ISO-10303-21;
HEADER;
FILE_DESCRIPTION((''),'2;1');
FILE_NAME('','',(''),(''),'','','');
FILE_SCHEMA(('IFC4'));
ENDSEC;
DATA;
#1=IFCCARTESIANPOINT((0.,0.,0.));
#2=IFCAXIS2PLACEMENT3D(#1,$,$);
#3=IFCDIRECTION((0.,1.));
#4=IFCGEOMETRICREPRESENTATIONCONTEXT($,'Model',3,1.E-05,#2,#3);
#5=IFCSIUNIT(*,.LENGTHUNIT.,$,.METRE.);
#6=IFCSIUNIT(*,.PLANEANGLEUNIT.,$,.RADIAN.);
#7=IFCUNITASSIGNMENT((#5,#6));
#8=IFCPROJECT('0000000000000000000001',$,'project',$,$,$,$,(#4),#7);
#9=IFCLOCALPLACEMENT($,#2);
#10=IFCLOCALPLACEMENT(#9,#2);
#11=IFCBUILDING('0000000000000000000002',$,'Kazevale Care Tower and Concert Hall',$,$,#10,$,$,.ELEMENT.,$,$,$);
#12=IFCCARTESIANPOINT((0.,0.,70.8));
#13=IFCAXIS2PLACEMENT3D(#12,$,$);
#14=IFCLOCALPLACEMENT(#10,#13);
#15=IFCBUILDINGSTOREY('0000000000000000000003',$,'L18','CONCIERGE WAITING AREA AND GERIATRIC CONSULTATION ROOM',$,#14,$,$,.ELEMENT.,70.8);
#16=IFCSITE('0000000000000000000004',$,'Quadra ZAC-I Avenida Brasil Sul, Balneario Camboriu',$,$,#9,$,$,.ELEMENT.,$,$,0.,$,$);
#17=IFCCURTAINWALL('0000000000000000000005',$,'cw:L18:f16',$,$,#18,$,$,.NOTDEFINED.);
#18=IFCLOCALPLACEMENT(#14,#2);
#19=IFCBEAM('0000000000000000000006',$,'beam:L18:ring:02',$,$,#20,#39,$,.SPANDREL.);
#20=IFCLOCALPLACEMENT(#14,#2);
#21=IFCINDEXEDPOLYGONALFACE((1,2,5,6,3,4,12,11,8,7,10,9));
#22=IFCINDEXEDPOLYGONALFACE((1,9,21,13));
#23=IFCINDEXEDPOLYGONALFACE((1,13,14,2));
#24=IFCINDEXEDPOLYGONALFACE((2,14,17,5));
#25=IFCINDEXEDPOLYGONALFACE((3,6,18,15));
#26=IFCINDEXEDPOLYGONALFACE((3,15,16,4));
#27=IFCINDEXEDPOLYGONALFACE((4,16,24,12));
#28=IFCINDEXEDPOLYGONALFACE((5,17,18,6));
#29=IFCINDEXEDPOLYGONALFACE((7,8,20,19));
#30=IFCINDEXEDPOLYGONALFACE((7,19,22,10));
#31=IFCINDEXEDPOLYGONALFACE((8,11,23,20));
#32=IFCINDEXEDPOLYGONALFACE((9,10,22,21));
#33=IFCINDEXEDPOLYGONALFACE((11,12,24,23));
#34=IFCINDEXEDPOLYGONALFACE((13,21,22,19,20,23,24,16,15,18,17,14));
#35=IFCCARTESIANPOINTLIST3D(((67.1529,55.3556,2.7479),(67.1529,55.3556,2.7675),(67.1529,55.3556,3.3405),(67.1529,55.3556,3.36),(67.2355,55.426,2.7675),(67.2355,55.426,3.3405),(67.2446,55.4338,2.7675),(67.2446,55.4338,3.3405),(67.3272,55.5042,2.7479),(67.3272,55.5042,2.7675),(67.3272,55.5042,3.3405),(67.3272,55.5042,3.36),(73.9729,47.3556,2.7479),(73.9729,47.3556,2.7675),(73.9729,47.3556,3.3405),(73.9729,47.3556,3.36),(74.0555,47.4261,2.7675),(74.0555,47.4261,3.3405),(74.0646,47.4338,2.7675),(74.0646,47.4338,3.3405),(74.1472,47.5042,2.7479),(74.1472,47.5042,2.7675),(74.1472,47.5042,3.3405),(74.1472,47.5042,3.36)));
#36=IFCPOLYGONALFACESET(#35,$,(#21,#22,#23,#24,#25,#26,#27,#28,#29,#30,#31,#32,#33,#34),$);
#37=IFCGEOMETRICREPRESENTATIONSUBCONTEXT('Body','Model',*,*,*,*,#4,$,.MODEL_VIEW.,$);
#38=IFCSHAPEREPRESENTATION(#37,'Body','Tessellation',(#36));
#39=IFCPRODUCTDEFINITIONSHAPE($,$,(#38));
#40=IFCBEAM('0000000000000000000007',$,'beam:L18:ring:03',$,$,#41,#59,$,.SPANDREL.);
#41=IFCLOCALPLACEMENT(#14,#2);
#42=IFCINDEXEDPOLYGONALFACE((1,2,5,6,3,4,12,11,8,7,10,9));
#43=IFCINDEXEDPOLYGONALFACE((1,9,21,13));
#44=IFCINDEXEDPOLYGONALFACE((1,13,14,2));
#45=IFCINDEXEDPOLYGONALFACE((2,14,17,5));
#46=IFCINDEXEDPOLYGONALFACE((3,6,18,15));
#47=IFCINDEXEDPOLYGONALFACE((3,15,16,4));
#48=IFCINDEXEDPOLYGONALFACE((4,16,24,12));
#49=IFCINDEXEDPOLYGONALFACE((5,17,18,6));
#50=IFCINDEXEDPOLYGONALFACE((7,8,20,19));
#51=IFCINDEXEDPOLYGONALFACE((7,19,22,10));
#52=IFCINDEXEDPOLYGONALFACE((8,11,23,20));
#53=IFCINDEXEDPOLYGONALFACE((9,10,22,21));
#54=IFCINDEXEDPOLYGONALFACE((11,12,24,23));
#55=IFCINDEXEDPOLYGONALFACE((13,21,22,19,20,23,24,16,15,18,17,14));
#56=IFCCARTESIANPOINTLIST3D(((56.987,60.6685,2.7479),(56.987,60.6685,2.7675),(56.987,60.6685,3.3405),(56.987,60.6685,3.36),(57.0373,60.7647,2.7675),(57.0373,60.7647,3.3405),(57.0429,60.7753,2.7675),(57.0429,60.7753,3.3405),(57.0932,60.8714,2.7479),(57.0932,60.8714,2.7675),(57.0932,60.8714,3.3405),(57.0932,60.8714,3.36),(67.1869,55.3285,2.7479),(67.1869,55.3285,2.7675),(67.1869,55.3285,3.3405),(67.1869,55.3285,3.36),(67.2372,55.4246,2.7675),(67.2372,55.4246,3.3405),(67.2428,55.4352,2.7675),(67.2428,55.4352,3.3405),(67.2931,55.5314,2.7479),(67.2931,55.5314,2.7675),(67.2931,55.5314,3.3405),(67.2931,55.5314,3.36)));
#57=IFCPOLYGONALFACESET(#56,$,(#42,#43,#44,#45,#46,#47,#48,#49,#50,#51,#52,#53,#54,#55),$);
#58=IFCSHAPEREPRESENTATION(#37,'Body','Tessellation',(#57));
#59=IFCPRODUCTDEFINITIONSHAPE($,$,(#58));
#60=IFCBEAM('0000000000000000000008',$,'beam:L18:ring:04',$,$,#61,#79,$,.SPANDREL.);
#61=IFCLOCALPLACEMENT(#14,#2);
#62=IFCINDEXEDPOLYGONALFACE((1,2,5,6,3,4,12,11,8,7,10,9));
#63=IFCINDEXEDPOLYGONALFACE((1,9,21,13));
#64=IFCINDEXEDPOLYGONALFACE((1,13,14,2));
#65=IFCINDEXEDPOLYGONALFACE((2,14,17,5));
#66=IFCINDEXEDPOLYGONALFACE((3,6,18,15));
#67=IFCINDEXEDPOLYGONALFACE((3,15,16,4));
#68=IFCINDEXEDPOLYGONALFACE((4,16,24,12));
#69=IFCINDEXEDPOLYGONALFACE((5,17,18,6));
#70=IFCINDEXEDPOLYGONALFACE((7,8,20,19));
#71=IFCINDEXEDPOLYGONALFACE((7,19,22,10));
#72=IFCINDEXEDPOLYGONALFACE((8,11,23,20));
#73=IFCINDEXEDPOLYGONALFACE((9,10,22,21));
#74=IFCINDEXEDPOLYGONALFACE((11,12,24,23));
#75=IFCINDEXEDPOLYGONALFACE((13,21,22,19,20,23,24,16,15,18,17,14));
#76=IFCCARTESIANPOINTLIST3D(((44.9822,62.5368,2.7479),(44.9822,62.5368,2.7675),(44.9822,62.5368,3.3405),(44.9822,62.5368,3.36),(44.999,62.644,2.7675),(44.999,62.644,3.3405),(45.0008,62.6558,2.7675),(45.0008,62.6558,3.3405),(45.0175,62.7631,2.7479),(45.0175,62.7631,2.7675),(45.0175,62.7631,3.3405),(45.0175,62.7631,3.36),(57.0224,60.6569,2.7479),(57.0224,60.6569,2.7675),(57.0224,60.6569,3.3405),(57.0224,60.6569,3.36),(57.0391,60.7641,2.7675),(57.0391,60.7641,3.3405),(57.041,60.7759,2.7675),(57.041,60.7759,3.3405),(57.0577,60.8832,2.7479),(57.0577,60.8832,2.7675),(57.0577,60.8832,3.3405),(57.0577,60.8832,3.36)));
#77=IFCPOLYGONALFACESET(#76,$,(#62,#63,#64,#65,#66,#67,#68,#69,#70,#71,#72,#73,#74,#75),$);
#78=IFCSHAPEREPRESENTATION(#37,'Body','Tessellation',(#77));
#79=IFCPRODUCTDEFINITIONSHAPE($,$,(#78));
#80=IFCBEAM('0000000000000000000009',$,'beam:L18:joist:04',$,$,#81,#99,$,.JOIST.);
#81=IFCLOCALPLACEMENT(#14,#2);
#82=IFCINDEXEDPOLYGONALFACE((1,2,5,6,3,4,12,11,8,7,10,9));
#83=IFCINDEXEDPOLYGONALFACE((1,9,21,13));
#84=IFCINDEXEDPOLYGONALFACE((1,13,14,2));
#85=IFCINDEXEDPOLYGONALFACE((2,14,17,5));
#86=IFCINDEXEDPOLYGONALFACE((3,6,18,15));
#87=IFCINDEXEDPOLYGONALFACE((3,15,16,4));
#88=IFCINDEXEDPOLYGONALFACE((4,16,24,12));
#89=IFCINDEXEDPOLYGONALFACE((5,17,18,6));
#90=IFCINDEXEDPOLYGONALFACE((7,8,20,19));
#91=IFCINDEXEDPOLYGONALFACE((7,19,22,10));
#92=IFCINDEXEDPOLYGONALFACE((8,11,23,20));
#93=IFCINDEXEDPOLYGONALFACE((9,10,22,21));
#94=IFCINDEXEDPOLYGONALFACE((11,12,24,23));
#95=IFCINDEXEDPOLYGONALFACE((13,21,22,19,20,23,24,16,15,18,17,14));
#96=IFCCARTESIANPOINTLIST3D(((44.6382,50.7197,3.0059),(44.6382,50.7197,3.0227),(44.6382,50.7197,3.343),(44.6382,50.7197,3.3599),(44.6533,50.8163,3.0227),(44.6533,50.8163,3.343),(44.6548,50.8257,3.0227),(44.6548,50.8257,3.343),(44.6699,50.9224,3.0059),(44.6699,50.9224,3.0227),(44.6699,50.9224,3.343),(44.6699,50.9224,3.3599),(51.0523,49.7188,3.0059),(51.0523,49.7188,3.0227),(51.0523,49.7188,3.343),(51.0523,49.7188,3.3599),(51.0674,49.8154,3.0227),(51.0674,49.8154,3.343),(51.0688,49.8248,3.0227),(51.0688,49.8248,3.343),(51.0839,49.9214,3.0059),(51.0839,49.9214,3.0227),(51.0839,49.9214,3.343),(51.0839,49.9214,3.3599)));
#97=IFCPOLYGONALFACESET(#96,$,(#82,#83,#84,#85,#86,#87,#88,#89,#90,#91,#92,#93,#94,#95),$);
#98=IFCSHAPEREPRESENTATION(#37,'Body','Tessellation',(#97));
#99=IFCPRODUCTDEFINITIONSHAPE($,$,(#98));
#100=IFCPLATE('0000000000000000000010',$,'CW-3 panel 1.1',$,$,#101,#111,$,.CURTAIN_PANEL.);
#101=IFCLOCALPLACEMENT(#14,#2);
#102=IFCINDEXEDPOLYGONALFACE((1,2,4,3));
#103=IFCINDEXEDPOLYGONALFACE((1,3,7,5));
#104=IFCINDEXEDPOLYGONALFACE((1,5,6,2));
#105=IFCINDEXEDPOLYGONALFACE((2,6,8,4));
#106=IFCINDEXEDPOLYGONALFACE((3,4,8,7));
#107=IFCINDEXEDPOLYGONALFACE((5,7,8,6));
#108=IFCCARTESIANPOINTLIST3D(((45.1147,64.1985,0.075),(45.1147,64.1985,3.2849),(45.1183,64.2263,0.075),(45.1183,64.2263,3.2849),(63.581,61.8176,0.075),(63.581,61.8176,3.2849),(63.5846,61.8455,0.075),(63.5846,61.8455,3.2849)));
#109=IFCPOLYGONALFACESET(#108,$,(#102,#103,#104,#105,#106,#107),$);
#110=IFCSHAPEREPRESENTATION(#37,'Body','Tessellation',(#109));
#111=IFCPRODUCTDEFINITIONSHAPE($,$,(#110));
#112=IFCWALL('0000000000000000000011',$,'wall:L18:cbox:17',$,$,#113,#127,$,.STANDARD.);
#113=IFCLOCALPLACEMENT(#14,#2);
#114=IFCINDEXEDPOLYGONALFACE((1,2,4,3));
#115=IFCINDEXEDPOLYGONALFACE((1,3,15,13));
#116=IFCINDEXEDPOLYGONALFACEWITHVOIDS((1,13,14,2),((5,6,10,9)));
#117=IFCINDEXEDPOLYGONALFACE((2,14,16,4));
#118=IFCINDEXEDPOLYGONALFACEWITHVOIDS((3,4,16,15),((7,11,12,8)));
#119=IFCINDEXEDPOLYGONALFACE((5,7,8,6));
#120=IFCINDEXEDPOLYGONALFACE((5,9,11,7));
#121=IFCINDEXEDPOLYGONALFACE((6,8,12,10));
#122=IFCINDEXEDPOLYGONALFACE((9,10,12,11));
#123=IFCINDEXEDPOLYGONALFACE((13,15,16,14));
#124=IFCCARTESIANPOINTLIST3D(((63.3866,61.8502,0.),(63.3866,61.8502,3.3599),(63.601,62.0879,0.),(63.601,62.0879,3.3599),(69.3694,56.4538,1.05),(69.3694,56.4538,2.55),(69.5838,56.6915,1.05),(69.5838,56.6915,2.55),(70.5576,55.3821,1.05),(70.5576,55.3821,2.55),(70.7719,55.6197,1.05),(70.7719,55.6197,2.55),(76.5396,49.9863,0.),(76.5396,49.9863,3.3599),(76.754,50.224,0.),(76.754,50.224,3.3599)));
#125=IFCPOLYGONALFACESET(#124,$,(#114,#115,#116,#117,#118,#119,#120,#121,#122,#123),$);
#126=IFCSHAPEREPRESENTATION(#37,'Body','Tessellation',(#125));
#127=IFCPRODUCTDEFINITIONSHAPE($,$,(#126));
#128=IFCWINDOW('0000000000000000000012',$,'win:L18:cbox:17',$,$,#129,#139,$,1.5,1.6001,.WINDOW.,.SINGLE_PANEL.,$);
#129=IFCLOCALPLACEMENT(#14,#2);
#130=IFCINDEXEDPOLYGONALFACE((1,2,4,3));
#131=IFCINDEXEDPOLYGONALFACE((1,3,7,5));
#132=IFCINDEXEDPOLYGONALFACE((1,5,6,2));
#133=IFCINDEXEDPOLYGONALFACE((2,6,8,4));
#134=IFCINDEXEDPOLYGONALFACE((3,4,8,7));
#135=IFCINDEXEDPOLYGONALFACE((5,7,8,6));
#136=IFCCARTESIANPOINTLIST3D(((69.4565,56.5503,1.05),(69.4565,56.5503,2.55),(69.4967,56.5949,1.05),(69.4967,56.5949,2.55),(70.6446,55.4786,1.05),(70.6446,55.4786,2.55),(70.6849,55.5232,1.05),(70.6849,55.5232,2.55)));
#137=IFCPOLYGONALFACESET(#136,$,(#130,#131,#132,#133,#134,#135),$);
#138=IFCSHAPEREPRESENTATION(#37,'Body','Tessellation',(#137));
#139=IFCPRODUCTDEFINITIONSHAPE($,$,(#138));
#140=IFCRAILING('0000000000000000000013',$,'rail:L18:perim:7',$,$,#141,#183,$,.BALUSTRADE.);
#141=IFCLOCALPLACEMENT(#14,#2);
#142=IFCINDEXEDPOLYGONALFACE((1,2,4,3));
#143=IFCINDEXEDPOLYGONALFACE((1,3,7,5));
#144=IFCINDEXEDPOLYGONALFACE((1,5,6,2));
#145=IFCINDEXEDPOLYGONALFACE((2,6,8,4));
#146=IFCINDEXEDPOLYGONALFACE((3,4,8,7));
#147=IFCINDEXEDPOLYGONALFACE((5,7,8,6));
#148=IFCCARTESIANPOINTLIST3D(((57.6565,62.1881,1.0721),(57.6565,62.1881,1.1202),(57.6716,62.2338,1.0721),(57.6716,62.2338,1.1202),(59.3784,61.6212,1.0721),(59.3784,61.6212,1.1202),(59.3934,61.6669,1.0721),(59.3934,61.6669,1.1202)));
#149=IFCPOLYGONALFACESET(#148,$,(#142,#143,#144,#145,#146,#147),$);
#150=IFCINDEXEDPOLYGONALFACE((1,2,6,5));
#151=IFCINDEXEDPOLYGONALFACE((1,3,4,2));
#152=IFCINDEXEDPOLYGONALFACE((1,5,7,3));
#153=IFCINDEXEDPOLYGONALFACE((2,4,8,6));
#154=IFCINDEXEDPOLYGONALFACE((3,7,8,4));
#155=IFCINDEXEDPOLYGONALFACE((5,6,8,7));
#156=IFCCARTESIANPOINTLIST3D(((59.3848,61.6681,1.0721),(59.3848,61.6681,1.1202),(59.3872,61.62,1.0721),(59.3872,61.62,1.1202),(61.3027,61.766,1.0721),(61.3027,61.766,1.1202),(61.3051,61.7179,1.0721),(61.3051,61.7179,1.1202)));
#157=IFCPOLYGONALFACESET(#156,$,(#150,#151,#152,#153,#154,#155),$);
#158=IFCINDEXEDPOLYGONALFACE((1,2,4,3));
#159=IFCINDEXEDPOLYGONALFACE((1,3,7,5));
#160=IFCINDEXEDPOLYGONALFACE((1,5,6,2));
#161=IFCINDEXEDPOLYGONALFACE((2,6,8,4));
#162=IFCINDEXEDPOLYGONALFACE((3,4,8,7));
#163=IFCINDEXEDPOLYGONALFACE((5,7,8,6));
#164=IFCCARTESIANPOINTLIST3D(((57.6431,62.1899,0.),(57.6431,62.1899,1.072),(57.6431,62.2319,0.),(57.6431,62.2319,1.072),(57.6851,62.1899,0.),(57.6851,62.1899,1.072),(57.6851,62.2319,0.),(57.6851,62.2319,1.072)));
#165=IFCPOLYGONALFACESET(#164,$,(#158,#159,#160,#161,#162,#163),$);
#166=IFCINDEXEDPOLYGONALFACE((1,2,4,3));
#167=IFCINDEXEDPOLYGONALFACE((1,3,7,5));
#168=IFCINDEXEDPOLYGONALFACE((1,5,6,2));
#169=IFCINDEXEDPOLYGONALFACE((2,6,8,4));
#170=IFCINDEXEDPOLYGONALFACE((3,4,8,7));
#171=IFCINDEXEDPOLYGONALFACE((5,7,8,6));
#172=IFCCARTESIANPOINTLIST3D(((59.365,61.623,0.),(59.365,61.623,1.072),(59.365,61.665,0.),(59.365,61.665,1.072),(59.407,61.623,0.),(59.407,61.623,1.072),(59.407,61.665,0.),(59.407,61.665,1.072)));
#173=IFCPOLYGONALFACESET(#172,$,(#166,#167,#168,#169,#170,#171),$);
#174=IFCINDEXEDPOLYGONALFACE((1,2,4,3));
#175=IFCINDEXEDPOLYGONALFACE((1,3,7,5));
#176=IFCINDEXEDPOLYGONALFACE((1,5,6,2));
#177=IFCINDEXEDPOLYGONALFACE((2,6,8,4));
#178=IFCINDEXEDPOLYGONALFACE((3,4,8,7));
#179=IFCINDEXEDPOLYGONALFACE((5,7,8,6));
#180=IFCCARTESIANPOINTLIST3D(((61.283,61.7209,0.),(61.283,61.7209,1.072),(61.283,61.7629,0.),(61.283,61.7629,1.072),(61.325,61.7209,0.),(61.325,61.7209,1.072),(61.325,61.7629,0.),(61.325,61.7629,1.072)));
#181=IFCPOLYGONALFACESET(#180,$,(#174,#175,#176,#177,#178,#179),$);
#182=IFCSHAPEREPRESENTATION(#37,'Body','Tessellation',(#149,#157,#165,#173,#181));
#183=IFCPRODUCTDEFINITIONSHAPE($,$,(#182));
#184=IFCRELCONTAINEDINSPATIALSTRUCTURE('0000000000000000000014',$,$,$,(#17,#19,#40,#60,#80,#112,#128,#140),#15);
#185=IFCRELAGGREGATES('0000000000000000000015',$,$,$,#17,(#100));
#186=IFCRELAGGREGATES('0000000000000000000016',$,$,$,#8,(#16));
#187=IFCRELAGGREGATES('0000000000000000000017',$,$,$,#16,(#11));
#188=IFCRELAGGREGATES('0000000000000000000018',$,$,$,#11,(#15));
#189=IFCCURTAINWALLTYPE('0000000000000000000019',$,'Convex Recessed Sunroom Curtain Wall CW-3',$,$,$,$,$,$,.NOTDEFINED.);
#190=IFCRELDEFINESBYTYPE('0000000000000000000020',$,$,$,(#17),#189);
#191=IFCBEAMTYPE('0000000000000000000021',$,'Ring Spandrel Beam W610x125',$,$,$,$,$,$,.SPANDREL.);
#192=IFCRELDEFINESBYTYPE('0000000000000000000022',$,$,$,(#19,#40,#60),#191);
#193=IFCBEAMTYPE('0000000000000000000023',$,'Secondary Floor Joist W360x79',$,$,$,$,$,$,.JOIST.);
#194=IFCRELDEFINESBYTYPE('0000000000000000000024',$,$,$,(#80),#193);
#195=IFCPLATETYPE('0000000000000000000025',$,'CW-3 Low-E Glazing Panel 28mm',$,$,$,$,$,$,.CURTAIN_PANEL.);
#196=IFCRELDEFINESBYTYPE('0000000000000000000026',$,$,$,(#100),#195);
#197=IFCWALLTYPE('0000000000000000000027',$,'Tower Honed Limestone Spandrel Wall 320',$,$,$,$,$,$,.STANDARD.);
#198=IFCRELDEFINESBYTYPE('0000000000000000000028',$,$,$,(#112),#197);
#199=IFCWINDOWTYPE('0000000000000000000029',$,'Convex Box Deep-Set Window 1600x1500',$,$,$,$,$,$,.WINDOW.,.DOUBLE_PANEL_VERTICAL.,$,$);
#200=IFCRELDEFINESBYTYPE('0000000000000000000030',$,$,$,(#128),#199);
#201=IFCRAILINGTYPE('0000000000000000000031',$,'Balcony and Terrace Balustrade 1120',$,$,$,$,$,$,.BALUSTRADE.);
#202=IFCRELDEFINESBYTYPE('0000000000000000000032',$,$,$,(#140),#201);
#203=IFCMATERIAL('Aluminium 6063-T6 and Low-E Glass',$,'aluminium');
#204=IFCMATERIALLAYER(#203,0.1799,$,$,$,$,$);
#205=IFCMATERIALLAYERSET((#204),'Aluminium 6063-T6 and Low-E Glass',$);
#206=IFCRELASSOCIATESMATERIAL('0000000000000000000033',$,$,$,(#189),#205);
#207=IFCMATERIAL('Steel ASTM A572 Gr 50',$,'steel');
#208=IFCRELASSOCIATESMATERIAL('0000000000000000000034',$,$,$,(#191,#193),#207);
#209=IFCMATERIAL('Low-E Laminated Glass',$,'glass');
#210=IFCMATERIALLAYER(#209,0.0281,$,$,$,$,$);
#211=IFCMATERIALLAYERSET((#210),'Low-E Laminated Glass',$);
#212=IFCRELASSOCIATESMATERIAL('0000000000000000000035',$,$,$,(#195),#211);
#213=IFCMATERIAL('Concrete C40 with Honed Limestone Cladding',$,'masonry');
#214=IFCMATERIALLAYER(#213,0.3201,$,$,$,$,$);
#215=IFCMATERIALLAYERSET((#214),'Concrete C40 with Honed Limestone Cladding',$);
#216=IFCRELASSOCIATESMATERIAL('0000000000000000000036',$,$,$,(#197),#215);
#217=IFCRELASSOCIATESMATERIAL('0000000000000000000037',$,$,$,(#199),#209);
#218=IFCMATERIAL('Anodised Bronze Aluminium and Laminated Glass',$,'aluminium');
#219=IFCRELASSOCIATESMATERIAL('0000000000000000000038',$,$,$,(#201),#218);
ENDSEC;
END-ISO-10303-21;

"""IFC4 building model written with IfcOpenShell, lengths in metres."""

from ifc_helpers import new_model, si_unit, direction, frame, frame_2d, origin, origin_2d, place, context, subcontext, project, spatial, rectangle, i_section, extrude, material, layer, layer_set, material_profile, profile_set, type_object, element, fill, aggregate, save


model = new_model("IFC4")

# Units and contexts
model_context = context("Model", 3, precision=1e-05, world=origin(), true_north=direction((0.0, 1.0)))
body_context = subcontext(model_context, "Body", "Model", "MODEL_VIEW")
ifc_project = project(units=[si_unit("LENGTHUNIT", "METRE"), si_unit("PLANEANGLEUNIT", "RADIAN")], contexts=[model_context])

# Site, building, storey
site_placement = place(None, origin())
site = spatial("IfcSite", under=ifc_project, at=site_placement, Name="Quadra ZAC-I Avenida Brasil Sul, Balneario Camboriu", CompositionType="ELEMENT", RefElevation=0.0)
building_placement = place(site_placement, origin())
building = spatial("IfcBuilding", under=site, at=building_placement, Name="Kazevale Care Tower and Concert Hall", CompositionType="ELEMENT")
storey_placement = place(building_placement, frame((0.0, 0.0, 70.8)))
storey = spatial("IfcBuildingStorey", under=building, at=storey_placement, Name="L18", Description="CONCIERGE WAITING AREA AND GERIATRIC CONSULTATION ROOM", CompositionType="ELEMENT", Elevation=70.8)

# Curtain wall
ifc_material_1 = material(Name="Aluminium 6063-T6 and Low-E Glass", Category="aluminium")
ifc_layer_1 = layer(ifc_material_1, 0.1799)
ifc_layer_set_1 = layer_set([ifc_layer_1], Name="Aluminium 6063-T6 and Low-E Glass")
curtain_wall_type_1 = type_object("IfcCurtainWallType", Name="Convex Recessed Sunroom Curtain Wall CW-3", PredefinedType="NOTDEFINED", material=ifc_layer_set_1)
curtain_wall_1_placement = place(storey_placement, origin())
curtain_wall_1 = element("IfcCurtainWall", 1, at=curtain_wall_1_placement, inside=storey, type_object=curtain_wall_type_1, Name="cw:L18:f16", PredefinedType="NOTDEFINED")

# Beams
ifc_material_2 = material(Name="Steel ASTM A572 Gr 50", Category="steel")
ifc_material_profile_1 = material_profile(ifc_material_2, i_section(OverallWidth=0.229, OverallDepth=0.6121, WebThickness=0.012, FlangeThickness=0.0195, at=origin_2d()), Name="W610x125")
ifc_profile_set_1 = profile_set([ifc_material_profile_1], Name="Steel ASTM A572 Gr 50")
beam_type_1 = type_object("IfcBeamType", Name="Ring Spandrel Beam W610x125", PredefinedType="SPANDREL", material=ifc_profile_set_1)
beam_1_placement = place(storey_placement, frame((74.0601, 47.4299, 3.054), z_axis=(-0.648756, 0.760996, 0.0), x_axis=(-0.760996, -0.648756, 0.0)))
element("IfcBeam", 2, at=beam_1_placement, inside=storey, type_object=beam_type_1, Name="beam:L18:ring:02", PredefinedType="SPANDREL", context=body_context, shape_type="SweptSolid", body=[
    extrude(i_section(OverallWidth=0.229, OverallDepth=0.6121, WebThickness=0.012, FlangeThickness=0.0195, at=origin_2d()), origin(), (0.0, 0.0, 1.0), 10.5125),
])
beam_2_placement = place(storey_placement, frame((67.24, 55.4299, 3.054), z_axis=(-0.885929, 0.46382, 0.0), x_axis=(-0.46382, -0.885929, 0.0)))
element("IfcBeam", 3, at=beam_2_placement, inside=storey, type_object=beam_type_1, Name="beam:L18:ring:03", PredefinedType="SPANDREL", context=body_context, shape_type="SweptSolid", body=[
    extrude(i_section(OverallWidth=0.229, OverallDepth=0.6121, WebThickness=0.012, FlangeThickness=0.0195, at=origin_2d()), origin(), (0.0, 0.0, 1.0), 11.5132),
])
beam_3_placement = place(storey_placement, frame((57.04, 60.77, 3.054), z_axis=(-0.988029, 0.154267, 0.0), x_axis=(-0.154267, -0.988029, 0.0)))
element("IfcBeam", 4, at=beam_3_placement, inside=storey, type_object=beam_type_1, Name="beam:L18:ring:04", PredefinedType="SPANDREL", context=body_context, shape_type="SweptSolid", body=[
    extrude(i_section(OverallWidth=0.229, OverallDepth=0.6121, WebThickness=0.012, FlangeThickness=0.0195, at=origin_2d()), origin(), (0.0, 0.0, 1.0), 12.186),
])
ifc_material_profile_2 = material_profile(ifc_material_2, i_section(OverallWidth=0.2051, OverallDepth=0.354, WebThickness=0.0095, FlangeThickness=0.0168, at=origin_2d()), Name="W360x79")
ifc_profile_set_2 = profile_set([ifc_material_profile_2], Name="Steel ASTM A572 Gr 50")
beam_type_2 = type_object("IfcBeamType", Name="Secondary Floor Joist W360x79", PredefinedType="JOIST", material=ifc_profile_set_2)
beam_4_placement = place(storey_placement, frame((51.0681, 49.8201, 3.1829), z_axis=(-0.988041, 0.154193, 0.0), x_axis=(-0.154193, -0.988041, 0.0)))
element("IfcBeam", 5, at=beam_4_placement, inside=storey, type_object=beam_type_2, Name="beam:L18:joist:04", PredefinedType="JOIST", context=body_context, shape_type="SweptSolid", body=[
    extrude(i_section(OverallWidth=0.2051, OverallDepth=0.354, WebThickness=0.0095, FlangeThickness=0.0168, at=origin_2d()), origin(), (0.0, 0.0, 1.0), 6.4917),
])

# Plate
ifc_material_3 = material(Name="Low-E Laminated Glass", Category="glass")
ifc_layer_2 = layer(ifc_material_3, 0.0281)
ifc_layer_set_2 = layer_set([ifc_layer_2], Name="Low-E Laminated Glass")
plate_type = type_object("IfcPlateType", Name="CW-3 Low-E Glazing Panel 28mm", PredefinedType="CURTAIN_PANEL", material=ifc_layer_set_2)
plate_placement = place(storey_placement, frame((54.3496, 63.022, 0.075), z_axis=(0.0, 0.0, 1.0), x_axis=(0.991791, -0.12787, 0.0)))
plate = element("IfcPlate", 6, at=plate_placement, type_object=plate_type, Name="CW-3 panel 1.1", PredefinedType="CURTAIN_PANEL", context=body_context, shape_type="SweptSolid", body=[
    extrude(rectangle(XDim=18.6191, YDim=0.0281, at=origin_2d()), origin(), (0.0, 0.0, 1.0), 3.21),
])
aggregate(curtain_wall_1, [plate])

# Wall, opening, window
ifc_material_4 = material(Name="Concrete C40 with Honed Limestone Cladding", Category="masonry")
ifc_layer_3 = layer(ifc_material_4, 0.3201)
ifc_layer_set_3 = layer_set([ifc_layer_3], Name="Concrete C40 with Honed Limestone Cladding")
wall_type = type_object("IfcWallType", Name="Tower Honed Limestone Spandrel Wall 320", PredefinedType="STANDARD", material=ifc_layer_set_3)
wall_placement = place(storey_placement, frame((63.4939, 61.969, 0.0), z_axis=(0.0, 0.0, 1.0), x_axis=(0.742557, -0.669783, 0.0)))
wall = element("IfcWall", 7, at=wall_placement, inside=storey, type_object=wall_type, Name="wall:L18:cbox:17", PredefinedType="STANDARD", context=body_context, shape_type="SweptSolid", body=[
    extrude(rectangle(XDim=17.7131, YDim=0.3201, at=frame_2d((8.8564, 0.0))), origin(), (0.0, 0.0, 1.0), 3.3599),
])
opening_placement = place(wall_placement, frame((8.0569, 0.0, 1.05)))
opening = element("IfcOpeningElement", 8, at=opening_placement, cuts=wall, PredefinedType="OPENING", context=body_context, shape_type="SweptSolid", body=[
    extrude(rectangle(XDim=1.6001, YDim=1.5, at=frame_2d((0.8, 0.75))), frame((0.0, 0.1699, 0.0), z_axis=(0.0, -1.0, 0.0), x_axis=(1.0, 0.0, 0.0)), (0.0, 0.0, 1.0), 0.3401),
])
window_type = type_object("IfcWindowType", Name="Convex Box Deep-Set Window 1600x1500", PartitioningType="DOUBLE_PANEL_VERTICAL", PredefinedType="WINDOW", material=ifc_material_3)
window_placement = place(opening_placement, origin())
window = element("IfcWindow", 9, at=window_placement, inside=storey, type_object=window_type, Name="win:L18:cbox:17", OverallHeight=1.5, OverallWidth=1.6001, PartitioningType="SINGLE_PANEL", PredefinedType="WINDOW", context=body_context, shape_type="SweptSolid", body=[
    extrude(rectangle(XDim=1.6001, YDim=1.5, at=frame_2d((0.8, 0.75))), frame((0.0, 0.03, 0.0), z_axis=(0.0, -1.0, 0.0), x_axis=(1.0, 0.0, 0.0)), (0.0, 0.0, 1.0), 0.0601),
])
fill(opening, window)

# Railing
ifc_material_5 = material(Name="Anodised Bronze Aluminium and Laminated Glass", Category="aluminium")
railing_type = type_object("IfcRailingType", Name="Balcony and Terrace Balustrade 1120", PredefinedType="BALUSTRADE", material=ifc_material_5)
railing_1_placement = place(storey_placement, frame((57.6641, 62.2109, 0.0)))
element("IfcRailing", 10, at=railing_1_placement, inside=storey, type_object=railing_type, Name="rail:L18:perim:7", PredefinedType="BALUSTRADE", context=body_context, shape_type="SweptSolid", body=[
    extrude(rectangle(XDim=0.0481, YDim=0.0481, at=origin_2d()), frame((0.0, 0.0, 1.0962), z_axis=(0.949848, -0.312711, 0.0), x_axis=(0.312711, 0.949848, 0.0)), (0.0, 0.0, 1.0), 1.8127),
    extrude(rectangle(XDim=0.0481, YDim=0.0481, at=origin_2d()), frame((1.7219, -0.5669, 1.0962), z_axis=(0.9987, 0.050977, 0.0), x_axis=(-0.050977, 0.9987, 0.0)), (0.0, 0.0, 1.0), 1.9204),
    extrude(rectangle(XDim=0.042, YDim=0.042, at=origin_2d()), origin(), (0.0, 0.0, 1.0), 1.072),
    extrude(rectangle(XDim=0.042, YDim=0.042, at=origin_2d()), frame((1.7219, -0.5669, 0.0)), (0.0, 0.0, 1.0), 1.072),
    extrude(rectangle(XDim=0.042, YDim=0.042, at=origin_2d()), frame((3.6399, -0.469, 0.0)), (0.0, 0.0, 1.0), 1.072),
])

save(model, "model.ifc")
